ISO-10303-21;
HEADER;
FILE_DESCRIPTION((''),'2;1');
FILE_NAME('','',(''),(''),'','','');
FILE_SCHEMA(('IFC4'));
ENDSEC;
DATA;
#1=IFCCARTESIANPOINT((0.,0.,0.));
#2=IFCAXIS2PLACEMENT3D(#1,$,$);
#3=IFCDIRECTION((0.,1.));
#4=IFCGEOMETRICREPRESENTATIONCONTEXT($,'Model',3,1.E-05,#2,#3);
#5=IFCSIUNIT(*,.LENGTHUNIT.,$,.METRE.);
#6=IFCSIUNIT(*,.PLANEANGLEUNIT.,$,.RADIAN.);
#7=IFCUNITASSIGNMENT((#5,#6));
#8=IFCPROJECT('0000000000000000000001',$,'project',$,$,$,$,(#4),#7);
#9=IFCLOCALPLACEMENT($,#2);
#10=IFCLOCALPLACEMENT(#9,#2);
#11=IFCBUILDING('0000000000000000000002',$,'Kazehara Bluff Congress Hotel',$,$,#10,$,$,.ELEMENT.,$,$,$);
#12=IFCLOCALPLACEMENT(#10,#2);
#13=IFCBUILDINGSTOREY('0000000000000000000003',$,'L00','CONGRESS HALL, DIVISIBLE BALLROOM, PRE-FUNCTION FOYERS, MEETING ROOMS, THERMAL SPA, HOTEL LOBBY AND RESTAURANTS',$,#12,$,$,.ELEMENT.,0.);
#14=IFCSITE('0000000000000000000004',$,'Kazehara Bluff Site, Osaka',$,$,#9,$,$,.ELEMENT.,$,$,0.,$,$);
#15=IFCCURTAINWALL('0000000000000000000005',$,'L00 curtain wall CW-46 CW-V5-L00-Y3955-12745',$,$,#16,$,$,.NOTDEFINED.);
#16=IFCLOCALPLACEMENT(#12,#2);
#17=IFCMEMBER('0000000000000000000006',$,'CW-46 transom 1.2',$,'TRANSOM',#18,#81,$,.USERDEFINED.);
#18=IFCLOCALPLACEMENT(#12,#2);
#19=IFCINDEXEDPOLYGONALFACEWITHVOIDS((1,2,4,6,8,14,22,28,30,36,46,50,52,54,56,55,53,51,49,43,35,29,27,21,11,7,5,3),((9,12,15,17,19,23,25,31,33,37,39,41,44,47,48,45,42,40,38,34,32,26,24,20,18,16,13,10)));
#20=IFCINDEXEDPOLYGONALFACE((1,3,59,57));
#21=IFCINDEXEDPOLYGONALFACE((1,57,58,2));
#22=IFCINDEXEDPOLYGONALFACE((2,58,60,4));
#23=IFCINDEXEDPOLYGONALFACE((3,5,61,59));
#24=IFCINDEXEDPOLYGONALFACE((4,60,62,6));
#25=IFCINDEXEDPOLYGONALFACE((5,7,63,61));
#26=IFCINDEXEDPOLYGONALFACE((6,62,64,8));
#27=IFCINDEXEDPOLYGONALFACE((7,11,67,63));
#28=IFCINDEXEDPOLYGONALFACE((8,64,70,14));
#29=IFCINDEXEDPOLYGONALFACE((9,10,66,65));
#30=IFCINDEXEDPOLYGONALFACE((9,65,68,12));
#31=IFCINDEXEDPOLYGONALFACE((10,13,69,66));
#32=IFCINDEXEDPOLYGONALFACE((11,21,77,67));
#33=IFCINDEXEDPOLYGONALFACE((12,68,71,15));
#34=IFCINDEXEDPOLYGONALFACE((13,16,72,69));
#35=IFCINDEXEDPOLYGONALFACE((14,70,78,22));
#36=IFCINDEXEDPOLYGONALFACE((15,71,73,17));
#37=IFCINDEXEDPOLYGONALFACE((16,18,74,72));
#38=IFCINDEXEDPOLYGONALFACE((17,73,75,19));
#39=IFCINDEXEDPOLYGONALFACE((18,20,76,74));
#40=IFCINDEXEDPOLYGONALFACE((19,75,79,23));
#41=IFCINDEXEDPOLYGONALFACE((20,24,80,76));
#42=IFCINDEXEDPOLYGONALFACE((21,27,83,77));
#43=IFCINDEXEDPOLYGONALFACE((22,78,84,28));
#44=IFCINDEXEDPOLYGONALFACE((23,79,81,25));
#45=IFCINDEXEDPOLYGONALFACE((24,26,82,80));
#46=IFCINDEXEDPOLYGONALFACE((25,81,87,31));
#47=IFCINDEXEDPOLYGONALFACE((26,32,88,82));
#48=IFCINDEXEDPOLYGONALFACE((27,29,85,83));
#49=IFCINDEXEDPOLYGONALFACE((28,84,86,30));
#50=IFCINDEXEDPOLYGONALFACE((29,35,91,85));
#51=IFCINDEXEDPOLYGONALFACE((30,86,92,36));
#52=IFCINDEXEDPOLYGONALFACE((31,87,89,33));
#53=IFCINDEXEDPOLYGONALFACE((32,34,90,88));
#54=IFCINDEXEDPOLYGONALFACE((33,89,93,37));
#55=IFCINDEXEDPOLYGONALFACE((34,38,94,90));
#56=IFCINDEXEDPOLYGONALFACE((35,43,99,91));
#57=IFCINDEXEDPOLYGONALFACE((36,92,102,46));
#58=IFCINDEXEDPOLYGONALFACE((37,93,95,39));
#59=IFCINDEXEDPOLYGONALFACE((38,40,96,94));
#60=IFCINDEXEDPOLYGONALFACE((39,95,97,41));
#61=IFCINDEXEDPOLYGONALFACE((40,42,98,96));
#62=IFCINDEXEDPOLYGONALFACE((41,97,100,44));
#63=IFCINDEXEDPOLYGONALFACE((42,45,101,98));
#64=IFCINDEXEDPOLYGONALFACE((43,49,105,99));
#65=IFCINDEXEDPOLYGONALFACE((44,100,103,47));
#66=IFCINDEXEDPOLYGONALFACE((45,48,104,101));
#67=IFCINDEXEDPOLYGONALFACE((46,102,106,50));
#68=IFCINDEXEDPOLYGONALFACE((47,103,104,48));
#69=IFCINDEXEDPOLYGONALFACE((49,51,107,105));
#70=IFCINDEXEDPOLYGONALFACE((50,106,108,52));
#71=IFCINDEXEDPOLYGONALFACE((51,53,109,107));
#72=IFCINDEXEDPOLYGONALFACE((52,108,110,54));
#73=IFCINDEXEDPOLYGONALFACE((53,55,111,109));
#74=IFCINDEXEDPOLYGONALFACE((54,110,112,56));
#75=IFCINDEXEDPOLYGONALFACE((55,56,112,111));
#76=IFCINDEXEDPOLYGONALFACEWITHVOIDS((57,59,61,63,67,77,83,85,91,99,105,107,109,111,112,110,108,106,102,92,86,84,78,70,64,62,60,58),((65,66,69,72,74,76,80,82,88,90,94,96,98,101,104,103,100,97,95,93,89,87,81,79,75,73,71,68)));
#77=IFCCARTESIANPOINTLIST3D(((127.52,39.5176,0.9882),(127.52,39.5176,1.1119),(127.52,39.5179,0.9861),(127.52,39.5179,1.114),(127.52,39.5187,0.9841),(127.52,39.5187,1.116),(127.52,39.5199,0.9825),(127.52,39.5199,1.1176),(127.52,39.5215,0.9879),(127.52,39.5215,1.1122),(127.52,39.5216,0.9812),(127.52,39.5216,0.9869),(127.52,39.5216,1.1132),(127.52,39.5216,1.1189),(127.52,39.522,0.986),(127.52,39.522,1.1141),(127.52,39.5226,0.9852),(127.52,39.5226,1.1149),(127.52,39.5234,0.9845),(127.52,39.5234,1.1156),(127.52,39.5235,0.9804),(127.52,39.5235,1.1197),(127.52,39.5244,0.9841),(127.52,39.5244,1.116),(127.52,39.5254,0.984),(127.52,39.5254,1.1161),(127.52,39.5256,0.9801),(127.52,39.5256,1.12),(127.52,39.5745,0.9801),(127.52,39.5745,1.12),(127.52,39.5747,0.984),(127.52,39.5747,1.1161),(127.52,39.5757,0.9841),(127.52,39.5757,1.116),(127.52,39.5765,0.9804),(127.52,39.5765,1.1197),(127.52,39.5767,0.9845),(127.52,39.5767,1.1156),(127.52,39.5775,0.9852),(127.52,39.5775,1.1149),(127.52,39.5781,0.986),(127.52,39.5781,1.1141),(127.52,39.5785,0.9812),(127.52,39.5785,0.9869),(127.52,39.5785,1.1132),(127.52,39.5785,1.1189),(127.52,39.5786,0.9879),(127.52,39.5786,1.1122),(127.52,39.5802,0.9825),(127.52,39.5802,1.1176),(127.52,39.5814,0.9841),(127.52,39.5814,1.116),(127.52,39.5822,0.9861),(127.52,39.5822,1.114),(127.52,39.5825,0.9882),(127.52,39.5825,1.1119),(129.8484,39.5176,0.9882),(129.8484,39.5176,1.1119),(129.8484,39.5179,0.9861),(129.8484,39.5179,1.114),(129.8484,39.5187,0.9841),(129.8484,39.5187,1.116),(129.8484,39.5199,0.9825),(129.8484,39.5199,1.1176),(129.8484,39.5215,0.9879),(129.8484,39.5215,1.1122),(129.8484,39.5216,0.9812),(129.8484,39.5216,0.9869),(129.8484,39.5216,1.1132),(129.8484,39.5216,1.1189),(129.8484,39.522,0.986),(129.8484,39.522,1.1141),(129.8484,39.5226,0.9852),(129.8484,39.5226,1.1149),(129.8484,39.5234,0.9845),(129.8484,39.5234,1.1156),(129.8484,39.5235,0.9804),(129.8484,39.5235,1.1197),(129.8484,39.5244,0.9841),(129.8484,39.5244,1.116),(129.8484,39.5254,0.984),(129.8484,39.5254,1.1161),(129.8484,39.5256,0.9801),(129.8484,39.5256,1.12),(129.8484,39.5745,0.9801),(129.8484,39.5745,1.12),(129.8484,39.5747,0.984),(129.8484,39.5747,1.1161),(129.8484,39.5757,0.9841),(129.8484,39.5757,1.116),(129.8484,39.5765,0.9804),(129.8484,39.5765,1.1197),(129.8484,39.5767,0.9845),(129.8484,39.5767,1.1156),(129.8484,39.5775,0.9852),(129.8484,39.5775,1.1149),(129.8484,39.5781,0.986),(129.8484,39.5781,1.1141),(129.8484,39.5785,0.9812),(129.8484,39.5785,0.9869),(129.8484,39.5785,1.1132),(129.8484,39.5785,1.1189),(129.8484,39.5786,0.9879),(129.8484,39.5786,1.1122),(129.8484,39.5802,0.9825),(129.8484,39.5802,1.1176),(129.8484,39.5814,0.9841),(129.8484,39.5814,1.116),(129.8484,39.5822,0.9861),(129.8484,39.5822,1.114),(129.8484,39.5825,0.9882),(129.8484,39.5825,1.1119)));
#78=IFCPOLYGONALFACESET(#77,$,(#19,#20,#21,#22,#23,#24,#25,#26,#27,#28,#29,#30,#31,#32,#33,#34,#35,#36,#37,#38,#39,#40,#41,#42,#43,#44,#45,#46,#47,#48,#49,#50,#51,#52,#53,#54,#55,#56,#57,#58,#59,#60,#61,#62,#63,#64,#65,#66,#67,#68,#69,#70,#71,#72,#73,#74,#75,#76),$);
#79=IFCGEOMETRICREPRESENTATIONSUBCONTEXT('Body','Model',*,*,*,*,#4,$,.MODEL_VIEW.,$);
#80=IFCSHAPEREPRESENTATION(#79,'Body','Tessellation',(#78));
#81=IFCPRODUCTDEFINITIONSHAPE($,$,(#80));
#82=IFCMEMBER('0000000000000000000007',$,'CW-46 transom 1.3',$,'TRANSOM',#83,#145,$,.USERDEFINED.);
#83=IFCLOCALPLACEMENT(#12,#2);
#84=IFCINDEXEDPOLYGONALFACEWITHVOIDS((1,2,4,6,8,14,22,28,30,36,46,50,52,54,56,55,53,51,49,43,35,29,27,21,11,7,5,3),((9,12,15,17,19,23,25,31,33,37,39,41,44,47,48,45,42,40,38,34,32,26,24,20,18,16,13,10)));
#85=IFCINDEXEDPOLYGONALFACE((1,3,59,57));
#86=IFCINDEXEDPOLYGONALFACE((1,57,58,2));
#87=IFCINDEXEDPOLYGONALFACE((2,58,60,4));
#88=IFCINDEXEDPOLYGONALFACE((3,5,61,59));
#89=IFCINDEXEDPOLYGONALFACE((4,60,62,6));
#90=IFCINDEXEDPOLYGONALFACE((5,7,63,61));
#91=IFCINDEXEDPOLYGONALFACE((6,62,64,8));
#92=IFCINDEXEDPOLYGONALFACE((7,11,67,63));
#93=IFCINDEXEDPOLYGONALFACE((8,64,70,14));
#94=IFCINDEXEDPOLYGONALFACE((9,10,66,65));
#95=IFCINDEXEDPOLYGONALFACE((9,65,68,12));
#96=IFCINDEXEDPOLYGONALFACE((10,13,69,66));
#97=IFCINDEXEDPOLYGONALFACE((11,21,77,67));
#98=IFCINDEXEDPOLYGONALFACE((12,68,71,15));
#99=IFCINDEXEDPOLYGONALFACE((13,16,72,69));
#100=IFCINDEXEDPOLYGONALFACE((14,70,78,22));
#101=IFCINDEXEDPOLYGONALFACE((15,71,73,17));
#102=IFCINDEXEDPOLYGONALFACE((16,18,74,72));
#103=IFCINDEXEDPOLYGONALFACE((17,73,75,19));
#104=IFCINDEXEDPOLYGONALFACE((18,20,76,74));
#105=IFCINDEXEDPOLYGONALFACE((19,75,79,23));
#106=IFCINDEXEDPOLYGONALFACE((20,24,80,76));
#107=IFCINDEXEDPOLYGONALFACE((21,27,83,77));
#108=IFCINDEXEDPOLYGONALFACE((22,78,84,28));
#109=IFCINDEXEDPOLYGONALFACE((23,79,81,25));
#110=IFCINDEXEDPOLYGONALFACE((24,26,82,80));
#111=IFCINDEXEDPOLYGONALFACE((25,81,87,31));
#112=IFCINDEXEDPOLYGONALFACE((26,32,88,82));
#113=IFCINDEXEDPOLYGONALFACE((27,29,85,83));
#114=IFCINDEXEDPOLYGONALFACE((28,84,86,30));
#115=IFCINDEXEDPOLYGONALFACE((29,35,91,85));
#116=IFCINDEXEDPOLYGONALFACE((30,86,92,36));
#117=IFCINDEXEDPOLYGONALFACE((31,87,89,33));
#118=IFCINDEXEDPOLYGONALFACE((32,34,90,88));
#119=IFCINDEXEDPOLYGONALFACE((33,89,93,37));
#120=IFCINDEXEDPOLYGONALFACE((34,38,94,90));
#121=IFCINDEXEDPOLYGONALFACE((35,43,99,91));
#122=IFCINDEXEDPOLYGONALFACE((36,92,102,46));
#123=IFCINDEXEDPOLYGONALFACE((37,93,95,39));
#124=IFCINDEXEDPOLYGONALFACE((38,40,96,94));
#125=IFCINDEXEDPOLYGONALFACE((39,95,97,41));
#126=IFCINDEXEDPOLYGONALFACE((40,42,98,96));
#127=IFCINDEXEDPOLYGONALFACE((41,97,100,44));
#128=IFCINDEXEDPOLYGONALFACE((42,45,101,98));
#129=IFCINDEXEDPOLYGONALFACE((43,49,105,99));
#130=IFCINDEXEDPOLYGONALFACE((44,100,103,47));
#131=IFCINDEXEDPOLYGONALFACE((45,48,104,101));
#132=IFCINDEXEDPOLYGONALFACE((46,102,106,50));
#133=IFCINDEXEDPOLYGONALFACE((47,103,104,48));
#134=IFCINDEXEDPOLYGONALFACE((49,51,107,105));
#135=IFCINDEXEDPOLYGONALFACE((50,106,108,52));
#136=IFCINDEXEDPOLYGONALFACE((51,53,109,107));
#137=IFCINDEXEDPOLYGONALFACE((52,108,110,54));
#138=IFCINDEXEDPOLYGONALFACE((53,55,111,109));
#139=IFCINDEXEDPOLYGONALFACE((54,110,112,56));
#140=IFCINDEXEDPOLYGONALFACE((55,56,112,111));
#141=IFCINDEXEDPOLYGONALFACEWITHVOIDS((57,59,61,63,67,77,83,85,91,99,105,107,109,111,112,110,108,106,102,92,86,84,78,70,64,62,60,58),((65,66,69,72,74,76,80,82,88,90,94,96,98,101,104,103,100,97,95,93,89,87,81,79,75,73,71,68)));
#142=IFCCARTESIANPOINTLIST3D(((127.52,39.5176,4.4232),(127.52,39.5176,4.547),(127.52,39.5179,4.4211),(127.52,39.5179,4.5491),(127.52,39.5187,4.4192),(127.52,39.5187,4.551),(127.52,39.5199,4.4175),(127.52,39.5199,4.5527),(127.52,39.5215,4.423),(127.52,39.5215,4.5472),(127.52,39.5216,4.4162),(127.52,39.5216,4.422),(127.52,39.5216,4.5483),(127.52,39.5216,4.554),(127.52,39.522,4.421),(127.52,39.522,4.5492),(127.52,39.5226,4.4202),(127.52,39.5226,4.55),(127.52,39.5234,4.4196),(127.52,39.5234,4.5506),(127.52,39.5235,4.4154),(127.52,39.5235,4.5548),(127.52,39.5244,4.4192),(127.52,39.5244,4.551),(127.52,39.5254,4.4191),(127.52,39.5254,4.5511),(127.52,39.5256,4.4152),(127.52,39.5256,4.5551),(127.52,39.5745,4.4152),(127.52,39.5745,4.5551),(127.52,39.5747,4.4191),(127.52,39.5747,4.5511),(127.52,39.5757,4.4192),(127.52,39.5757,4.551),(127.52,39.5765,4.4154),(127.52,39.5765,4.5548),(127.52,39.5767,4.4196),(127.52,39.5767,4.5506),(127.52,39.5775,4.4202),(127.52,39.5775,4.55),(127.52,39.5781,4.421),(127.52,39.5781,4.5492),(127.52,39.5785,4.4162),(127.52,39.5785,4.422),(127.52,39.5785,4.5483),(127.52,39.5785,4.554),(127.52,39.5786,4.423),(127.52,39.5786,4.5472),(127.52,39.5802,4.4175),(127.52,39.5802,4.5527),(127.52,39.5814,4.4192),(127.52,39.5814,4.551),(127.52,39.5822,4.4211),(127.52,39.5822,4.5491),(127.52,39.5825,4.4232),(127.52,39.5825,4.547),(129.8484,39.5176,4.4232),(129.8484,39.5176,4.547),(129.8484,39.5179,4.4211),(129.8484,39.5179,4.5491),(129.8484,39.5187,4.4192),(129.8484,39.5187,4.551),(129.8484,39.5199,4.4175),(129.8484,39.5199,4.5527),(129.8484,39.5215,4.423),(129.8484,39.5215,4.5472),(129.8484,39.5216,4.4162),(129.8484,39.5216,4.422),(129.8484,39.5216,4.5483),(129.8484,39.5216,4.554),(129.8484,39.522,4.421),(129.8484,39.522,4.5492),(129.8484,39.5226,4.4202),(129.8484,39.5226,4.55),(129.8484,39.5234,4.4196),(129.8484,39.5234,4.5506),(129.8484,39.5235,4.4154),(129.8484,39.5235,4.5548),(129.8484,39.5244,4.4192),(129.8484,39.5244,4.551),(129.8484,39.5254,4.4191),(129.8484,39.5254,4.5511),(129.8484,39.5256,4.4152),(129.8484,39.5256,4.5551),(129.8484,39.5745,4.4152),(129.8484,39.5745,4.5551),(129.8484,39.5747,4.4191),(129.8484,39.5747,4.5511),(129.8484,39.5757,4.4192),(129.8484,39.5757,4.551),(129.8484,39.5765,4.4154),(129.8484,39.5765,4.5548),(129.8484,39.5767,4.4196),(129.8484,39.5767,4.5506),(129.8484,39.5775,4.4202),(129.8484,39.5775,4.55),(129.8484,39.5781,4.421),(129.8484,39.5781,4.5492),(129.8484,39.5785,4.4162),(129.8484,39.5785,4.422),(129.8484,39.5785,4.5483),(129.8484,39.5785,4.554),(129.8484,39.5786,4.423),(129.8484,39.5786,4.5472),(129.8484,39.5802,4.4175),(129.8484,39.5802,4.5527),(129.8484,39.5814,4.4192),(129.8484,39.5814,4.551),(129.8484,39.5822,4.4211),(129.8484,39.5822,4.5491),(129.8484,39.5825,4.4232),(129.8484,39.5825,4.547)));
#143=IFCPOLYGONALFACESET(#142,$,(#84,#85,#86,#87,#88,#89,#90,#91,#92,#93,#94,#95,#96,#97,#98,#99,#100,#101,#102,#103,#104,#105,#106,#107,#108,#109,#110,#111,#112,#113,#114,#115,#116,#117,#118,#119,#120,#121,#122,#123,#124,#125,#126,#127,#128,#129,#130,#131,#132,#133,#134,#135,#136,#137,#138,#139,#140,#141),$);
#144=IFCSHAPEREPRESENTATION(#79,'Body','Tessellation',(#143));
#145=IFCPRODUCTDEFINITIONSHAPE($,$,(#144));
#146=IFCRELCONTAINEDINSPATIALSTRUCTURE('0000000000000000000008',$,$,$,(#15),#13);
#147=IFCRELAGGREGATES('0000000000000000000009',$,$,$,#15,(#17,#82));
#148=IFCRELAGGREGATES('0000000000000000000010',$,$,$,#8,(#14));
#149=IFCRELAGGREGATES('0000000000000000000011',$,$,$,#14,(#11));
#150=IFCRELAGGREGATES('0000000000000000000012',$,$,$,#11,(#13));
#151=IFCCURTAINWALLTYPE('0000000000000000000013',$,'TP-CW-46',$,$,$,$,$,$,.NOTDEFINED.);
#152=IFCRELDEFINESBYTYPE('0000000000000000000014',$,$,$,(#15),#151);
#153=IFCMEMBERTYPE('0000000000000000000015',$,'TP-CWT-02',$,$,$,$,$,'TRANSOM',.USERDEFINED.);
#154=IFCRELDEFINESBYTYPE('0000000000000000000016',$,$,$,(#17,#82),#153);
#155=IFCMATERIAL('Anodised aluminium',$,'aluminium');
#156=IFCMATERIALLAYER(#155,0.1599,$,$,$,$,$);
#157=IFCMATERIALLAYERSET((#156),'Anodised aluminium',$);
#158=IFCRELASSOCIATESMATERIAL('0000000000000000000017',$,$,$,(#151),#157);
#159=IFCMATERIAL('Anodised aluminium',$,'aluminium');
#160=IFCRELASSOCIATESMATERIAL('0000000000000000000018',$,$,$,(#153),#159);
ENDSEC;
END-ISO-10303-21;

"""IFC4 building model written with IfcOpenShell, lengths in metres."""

from ifc_helpers import new_model, si_unit, direction, frame, origin, origin_2d, place, context, subcontext, project, spatial, hollow_rectangle, extrude, material, layer, layer_set, material_profile, profile_set, type_object, element, aggregate, save


model = new_model("IFC4")

# Units and contexts
model_context = context("Model", 3, precision=1e-05, world=origin(), true_north=direction((0.0, 1.0)))
body_context = subcontext(model_context, "Body", "Model", "MODEL_VIEW")
ifc_project = project(units=[si_unit("LENGTHUNIT", "METRE"), si_unit("PLANEANGLEUNIT", "RADIAN")], contexts=[model_context])

# Site, building, storey
site_placement = place(None, origin())
site = spatial("IfcSite", under=ifc_project, at=site_placement, Name="Kazehara Bluff Site, Osaka", CompositionType="ELEMENT", RefElevation=0.0)
building_placement = place(site_placement, origin())
building = spatial("IfcBuilding", under=site, at=building_placement, Name="Kazehara Bluff Congress Hotel", CompositionType="ELEMENT")
storey_placement = place(building_placement, origin())
storey = spatial("IfcBuildingStorey", under=building, at=storey_placement, Name="L00", Description="CONGRESS HALL, DIVISIBLE BALLROOM, PRE-FUNCTION FOYERS, MEETING ROOMS, THERMAL SPA, HOTEL LOBBY AND RESTAURANTS", CompositionType="ELEMENT", Elevation=0.0)

# Shared definitions
ifc_material_1 = material(Name="Anodised aluminium", Category="aluminium")
ifc_layer_1 = layer(ifc_material_1, 0.1599)
ifc_layer_set_1 = layer_set([ifc_layer_1], Name="Anodised aluminium")
curtain_wall_type = type_object("IfcCurtainWallType", Name="TP-CW-46", PredefinedType="NOTDEFINED", material=ifc_layer_set_1)

# Curtain wall, members
curtain_wall_1_placement = place(storey_placement, origin())
curtain_wall_1 = element("IfcCurtainWall", 1, at=curtain_wall_1_placement, inside=storey, type_object=curtain_wall_type, Name="L00 curtain wall CW-46 CW-V5-L00-Y3955-12745", PredefinedType="NOTDEFINED")
ifc_material_2 = material(Name="Anodised aluminium", Category="aluminium")
ifc_material_profile_1 = material_profile(ifc_material_2, hollow_rectangle(XDim=0.0649, YDim=0.1399, WallThickness=0.0039, InnerFilletRadius=0.0039, OuterFilletRadius=0.0081, at=origin_2d()))
ifc_profile_set_1 = profile_set([ifc_material_profile_1], Name="Anodised aluminium")
member_type_1 = type_object("IfcMemberType", Name="TP-CWT-02", ElementType="TRANSOM", PredefinedType="USERDEFINED", material=ifc_profile_set_1)
member_1_placement = place(storey_placement, frame((127.52, 39.55, 1.05), z_axis=(1.0, 0.0, 0.0), x_axis=(0.0, 1.0, 0.0)))
member_1 = element("IfcMember", 2, at=member_1_placement, type_object=member_type_1, Name="CW-46 transom 1.2", ObjectType="TRANSOM", PredefinedType="USERDEFINED", context=body_context, shape_type="SweptSolid", body=[
    extrude(hollow_rectangle(XDim=0.0649, YDim=0.1399, WallThickness=0.0039, InnerFilletRadius=0.0039, OuterFilletRadius=0.0081, at=origin_2d()), origin(), (0.0, 0.0, 1.0), 2.3284),
])
member_2_placement = place(storey_placement, frame((127.52, 39.55, 4.4851), z_axis=(1.0, 0.0, 0.0), x_axis=(0.0, 1.0, 0.0)))
member_2 = element("IfcMember", 3, at=member_2_placement, type_object=member_type_1, Name="CW-46 transom 1.3", ObjectType="TRANSOM", PredefinedType="USERDEFINED", context=body_context, shape_type="SweptSolid", body=[
    extrude(hollow_rectangle(XDim=0.0649, YDim=0.1399, WallThickness=0.0039, InnerFilletRadius=0.0039, OuterFilletRadius=0.0081, at=origin_2d()), origin(), (0.0, 0.0, 1.0), 2.3284),
])

aggregate(curtain_wall_1, [member_1, member_2])

save(model, "model.ifc")
